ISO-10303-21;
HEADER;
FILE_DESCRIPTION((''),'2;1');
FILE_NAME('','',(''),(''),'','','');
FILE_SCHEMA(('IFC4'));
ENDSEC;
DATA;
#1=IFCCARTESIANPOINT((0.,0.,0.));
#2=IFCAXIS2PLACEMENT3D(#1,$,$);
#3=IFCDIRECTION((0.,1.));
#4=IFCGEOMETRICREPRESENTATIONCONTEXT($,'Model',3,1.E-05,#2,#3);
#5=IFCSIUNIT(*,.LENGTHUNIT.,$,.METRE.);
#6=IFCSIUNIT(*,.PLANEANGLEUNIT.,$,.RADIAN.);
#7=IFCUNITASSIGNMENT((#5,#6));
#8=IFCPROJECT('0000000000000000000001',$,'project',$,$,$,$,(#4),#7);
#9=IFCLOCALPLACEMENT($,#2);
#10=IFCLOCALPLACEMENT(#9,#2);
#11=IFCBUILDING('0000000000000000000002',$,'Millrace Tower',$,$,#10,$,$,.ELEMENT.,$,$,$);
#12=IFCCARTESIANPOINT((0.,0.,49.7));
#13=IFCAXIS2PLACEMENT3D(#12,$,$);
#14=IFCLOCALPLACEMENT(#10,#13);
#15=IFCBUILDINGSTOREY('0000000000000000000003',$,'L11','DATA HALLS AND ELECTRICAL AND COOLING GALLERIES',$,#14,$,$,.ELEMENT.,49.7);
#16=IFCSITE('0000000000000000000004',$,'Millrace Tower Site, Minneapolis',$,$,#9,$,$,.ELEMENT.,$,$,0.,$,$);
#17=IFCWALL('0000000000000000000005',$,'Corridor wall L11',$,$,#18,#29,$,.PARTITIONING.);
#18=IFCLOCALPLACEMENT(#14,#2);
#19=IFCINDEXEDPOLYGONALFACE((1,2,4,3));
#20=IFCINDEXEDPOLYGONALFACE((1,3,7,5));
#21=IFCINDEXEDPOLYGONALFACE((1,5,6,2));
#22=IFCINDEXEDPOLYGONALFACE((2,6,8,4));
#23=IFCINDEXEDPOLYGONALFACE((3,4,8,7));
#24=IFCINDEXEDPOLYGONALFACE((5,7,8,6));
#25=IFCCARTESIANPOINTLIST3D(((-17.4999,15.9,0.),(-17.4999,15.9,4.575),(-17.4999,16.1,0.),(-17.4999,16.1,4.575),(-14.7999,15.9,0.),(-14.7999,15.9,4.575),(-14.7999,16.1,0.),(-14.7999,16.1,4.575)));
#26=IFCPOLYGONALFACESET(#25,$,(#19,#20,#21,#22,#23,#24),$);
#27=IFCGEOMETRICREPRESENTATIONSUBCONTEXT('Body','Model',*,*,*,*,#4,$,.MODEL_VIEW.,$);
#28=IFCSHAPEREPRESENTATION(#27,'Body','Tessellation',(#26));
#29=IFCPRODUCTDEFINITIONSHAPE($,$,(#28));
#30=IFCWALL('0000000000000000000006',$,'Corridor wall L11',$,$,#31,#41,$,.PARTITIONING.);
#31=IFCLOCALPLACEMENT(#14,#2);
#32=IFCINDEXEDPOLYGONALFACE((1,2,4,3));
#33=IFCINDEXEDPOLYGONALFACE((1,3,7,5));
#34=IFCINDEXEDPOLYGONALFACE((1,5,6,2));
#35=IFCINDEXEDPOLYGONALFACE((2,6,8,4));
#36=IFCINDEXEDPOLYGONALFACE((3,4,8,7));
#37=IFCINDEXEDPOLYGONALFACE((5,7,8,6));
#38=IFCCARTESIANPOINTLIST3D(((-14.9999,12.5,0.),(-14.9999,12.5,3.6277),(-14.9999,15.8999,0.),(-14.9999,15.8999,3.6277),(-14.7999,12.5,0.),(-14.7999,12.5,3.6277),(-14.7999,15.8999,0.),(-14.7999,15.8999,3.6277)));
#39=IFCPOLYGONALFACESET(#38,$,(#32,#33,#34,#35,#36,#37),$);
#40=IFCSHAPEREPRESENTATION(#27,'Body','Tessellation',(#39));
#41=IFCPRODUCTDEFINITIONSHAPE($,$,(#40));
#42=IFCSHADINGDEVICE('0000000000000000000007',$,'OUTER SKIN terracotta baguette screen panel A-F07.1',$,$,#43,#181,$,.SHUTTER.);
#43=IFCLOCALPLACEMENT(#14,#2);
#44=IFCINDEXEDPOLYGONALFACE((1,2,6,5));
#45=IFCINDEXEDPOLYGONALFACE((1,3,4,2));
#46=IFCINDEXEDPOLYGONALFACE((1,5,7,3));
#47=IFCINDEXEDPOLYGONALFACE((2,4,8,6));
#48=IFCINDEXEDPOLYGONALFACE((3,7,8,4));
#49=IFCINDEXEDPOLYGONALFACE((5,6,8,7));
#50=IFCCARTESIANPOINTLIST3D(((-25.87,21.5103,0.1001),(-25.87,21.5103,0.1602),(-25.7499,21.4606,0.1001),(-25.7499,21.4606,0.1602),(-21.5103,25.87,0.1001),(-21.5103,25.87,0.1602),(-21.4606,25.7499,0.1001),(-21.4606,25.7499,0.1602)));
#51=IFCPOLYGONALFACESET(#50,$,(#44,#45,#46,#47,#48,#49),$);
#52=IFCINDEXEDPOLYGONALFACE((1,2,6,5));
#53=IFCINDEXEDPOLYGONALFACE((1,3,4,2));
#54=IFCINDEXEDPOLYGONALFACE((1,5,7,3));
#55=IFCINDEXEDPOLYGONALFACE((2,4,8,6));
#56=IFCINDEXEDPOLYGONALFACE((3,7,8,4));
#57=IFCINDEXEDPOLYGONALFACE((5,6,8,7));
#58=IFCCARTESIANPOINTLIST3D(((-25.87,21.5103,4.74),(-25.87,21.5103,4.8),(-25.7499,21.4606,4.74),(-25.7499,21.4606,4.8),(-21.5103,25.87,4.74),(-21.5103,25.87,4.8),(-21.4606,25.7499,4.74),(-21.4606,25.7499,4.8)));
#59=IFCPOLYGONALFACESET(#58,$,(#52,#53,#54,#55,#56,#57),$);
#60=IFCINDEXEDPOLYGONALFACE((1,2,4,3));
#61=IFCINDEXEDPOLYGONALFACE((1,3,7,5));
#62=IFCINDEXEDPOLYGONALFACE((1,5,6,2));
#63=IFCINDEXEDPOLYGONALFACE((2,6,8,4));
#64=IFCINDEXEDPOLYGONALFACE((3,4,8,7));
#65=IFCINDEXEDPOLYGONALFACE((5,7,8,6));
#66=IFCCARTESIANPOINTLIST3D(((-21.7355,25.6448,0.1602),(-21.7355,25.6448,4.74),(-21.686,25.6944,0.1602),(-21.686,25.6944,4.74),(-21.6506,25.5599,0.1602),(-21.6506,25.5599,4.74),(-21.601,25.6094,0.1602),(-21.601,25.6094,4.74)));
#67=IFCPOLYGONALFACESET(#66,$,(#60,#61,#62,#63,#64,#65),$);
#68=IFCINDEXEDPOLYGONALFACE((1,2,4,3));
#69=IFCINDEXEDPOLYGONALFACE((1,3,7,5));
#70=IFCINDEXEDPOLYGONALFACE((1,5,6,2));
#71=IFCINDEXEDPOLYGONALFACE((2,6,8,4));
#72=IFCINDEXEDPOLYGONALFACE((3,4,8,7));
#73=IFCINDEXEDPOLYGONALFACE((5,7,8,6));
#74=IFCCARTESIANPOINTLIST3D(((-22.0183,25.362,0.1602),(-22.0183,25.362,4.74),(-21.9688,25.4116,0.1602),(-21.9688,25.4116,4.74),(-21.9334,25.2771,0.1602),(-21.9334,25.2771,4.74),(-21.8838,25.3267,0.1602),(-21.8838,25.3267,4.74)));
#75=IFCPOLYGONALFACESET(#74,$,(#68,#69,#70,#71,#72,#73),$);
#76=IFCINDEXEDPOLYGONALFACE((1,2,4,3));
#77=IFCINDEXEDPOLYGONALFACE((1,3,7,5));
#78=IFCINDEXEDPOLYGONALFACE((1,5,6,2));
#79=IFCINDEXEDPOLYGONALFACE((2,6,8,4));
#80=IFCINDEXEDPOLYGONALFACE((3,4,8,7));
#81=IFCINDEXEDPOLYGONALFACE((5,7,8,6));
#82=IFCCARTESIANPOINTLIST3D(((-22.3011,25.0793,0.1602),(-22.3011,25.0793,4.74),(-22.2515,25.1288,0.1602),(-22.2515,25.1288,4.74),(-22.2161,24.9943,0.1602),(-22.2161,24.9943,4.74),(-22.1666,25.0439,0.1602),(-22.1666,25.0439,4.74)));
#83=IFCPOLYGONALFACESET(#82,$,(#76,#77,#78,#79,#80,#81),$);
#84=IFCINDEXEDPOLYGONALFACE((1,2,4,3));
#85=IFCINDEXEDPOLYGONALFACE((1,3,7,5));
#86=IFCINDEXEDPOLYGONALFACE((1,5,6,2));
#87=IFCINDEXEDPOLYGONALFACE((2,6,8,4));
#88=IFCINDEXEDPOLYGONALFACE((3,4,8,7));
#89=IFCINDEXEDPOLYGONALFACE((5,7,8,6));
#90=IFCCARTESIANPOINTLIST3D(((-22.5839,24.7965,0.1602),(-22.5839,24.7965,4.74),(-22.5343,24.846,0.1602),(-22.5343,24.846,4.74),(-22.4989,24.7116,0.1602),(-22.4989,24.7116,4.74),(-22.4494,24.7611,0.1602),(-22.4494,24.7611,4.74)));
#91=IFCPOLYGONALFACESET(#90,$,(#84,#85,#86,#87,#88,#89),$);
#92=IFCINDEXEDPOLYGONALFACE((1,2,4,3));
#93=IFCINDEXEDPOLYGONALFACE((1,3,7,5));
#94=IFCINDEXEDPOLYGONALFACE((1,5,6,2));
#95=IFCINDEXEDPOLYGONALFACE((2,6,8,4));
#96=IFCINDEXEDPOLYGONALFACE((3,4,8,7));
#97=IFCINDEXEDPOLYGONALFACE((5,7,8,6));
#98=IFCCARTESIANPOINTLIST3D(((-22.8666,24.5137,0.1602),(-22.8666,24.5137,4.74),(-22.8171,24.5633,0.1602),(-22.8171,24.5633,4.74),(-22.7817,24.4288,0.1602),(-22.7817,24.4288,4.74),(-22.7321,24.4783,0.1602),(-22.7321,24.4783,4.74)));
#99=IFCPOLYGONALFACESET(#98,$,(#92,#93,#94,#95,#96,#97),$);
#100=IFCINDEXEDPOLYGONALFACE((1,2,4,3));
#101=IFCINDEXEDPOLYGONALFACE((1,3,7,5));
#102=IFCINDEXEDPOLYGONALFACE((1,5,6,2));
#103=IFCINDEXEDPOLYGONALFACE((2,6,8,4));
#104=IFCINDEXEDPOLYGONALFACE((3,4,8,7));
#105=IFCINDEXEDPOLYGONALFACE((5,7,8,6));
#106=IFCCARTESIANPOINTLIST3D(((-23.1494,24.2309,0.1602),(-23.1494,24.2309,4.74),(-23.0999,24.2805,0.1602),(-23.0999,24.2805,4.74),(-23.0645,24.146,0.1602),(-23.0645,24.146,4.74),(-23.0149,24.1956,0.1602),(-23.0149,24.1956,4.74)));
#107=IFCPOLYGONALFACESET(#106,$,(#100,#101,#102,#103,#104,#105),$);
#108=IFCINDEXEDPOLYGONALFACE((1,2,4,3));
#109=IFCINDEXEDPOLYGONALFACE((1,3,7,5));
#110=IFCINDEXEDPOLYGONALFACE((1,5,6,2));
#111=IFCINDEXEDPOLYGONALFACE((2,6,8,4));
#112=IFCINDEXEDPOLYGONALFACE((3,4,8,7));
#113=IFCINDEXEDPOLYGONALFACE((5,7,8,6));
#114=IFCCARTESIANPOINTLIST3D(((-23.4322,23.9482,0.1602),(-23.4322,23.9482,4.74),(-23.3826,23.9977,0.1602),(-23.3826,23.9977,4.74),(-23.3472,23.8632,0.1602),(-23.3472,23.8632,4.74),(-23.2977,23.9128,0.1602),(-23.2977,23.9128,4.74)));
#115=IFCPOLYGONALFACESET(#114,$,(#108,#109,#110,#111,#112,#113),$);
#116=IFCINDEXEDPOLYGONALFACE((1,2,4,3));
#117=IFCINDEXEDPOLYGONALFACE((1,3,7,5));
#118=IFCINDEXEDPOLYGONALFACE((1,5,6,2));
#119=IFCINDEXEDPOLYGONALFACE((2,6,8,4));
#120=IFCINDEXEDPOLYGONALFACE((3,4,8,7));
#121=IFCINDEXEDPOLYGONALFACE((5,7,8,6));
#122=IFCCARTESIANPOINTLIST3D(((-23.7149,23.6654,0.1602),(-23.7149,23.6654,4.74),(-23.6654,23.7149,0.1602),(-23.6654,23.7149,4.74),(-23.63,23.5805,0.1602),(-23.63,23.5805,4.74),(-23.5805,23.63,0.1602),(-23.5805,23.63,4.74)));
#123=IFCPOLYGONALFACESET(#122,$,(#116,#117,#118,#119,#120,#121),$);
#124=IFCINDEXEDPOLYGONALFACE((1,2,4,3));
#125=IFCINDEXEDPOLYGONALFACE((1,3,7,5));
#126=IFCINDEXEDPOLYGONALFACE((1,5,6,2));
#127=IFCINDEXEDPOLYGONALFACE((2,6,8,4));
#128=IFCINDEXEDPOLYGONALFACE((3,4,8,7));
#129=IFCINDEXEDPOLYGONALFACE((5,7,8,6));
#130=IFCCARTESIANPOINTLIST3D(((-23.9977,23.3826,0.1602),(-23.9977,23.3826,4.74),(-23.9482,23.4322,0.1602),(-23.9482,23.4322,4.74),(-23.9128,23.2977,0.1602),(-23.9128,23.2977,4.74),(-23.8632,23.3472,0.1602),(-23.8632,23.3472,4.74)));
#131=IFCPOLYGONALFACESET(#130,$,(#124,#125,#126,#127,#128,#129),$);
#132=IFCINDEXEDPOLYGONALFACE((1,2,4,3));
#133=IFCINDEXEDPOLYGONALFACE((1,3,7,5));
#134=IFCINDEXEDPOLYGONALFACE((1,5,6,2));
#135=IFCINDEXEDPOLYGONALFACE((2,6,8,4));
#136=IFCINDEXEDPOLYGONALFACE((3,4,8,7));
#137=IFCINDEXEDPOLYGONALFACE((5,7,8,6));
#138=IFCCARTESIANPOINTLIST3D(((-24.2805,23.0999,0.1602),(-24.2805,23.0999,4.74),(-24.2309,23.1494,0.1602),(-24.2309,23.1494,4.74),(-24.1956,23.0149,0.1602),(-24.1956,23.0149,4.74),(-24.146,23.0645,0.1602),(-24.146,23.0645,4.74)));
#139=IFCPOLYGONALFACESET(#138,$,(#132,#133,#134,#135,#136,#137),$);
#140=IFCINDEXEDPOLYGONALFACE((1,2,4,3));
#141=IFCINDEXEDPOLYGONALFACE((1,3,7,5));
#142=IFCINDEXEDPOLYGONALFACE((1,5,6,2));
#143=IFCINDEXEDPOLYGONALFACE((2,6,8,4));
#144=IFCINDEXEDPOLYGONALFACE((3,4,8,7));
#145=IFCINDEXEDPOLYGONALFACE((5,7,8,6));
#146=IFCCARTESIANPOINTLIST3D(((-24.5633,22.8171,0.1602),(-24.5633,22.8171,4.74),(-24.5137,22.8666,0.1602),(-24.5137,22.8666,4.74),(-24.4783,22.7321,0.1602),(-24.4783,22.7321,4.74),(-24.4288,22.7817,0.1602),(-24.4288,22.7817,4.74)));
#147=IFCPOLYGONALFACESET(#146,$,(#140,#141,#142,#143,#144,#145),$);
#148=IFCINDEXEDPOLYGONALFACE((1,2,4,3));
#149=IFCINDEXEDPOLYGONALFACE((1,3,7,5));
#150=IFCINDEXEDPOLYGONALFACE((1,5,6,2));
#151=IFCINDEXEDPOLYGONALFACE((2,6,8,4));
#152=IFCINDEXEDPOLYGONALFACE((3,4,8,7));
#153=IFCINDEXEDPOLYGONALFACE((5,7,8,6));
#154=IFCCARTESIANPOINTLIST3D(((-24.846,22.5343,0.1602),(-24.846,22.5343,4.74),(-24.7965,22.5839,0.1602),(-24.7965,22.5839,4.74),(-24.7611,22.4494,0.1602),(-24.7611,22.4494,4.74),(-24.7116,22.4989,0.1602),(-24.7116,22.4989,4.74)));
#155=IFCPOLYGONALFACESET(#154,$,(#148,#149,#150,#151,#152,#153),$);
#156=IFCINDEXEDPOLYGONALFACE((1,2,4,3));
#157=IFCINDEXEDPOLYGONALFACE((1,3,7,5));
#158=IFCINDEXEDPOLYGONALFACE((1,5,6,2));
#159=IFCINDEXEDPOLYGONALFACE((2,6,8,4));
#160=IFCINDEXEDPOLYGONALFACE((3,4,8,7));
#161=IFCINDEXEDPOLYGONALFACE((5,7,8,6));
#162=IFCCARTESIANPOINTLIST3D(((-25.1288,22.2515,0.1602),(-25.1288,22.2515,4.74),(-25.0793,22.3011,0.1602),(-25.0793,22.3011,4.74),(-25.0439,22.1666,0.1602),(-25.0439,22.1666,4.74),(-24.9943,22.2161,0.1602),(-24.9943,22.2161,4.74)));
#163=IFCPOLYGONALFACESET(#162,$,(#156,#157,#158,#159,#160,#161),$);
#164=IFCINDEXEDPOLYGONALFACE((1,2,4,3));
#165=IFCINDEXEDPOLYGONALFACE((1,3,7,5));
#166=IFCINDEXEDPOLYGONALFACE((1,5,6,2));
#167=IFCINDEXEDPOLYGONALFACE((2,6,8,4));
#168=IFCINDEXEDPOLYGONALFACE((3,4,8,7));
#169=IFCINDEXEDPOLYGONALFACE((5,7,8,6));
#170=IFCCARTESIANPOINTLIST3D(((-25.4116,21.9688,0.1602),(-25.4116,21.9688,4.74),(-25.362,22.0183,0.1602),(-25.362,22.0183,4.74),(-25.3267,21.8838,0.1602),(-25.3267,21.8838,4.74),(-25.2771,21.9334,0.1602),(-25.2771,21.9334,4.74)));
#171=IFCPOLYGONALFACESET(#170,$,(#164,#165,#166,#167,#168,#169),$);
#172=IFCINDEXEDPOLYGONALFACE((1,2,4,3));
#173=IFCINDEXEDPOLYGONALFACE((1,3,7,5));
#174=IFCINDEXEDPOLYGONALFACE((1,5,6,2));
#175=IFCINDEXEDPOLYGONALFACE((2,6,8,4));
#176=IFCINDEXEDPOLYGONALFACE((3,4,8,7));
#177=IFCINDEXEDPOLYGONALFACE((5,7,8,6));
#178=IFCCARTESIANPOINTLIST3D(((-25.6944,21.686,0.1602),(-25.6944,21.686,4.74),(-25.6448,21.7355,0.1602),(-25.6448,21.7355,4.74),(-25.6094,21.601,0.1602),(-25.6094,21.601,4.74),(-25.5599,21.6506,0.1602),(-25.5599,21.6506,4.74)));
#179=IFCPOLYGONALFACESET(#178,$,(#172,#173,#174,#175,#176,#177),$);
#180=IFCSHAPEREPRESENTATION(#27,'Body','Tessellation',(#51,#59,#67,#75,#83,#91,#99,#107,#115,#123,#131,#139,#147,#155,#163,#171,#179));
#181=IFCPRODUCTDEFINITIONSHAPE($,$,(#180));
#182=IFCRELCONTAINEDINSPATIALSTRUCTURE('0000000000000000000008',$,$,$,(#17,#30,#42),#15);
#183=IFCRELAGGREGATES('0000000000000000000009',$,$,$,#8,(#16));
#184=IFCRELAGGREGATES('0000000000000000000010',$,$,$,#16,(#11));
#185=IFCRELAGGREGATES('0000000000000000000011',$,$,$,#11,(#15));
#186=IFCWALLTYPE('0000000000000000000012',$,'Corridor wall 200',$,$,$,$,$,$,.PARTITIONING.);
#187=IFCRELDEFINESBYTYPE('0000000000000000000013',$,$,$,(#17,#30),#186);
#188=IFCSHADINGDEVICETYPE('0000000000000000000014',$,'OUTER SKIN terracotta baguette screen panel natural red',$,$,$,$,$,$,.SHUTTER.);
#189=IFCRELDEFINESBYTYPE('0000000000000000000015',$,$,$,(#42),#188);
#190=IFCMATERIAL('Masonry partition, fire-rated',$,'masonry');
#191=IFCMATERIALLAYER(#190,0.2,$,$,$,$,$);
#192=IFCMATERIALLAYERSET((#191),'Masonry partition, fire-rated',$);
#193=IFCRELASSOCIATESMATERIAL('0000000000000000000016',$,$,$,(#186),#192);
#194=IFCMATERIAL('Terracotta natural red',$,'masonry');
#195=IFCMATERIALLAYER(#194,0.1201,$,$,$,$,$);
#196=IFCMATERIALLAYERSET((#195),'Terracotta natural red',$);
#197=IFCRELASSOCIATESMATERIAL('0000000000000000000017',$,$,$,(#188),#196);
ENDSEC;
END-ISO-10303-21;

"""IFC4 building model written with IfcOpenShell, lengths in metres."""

from ifc_helpers import new_model, entity, si_unit, direction, frame, frame_2d, origin, origin_2d, place, context, subcontext, project, spatial, rectangle, extrude, source, transform, mapped, material, layer, layer_set, type_object, element, save


model = new_model("IFC4")

# Units and contexts
model_context = context("Model", 3, precision=1e-05, world=origin(), true_north=direction((0.0, 1.0)))
body_context = subcontext(model_context, "Body", "Model", "MODEL_VIEW")
ifc_project = project(units=[si_unit("LENGTHUNIT", "METRE"), si_unit("PLANEANGLEUNIT", "RADIAN")], contexts=[model_context])

# Site, building, storey
site_placement = place(None, origin())
site = spatial("IfcSite", under=ifc_project, at=site_placement, Name="Millrace Tower Site, Minneapolis", CompositionType="ELEMENT", RefElevation=0.0)
building_placement = place(site_placement, origin())
building = spatial("IfcBuilding", under=site, at=building_placement, Name="Millrace Tower", CompositionType="ELEMENT")
storey_placement = place(building_placement, frame((0.0, 0.0, 49.7)))
storey = spatial("IfcBuildingStorey", under=building, at=storey_placement, Name="L11", Description="DATA HALLS AND ELECTRICAL AND COOLING GALLERIES", CompositionType="ELEMENT", Elevation=49.7)

# Walls
ifc_material_1 = material(Name="Masonry partition, fire-rated", Category="masonry")
ifc_layer_1 = layer(ifc_material_1, 0.2)
ifc_layer_set_1 = layer_set([ifc_layer_1], Name="Masonry partition, fire-rated")
wall_type = type_object("IfcWallType", Name="Corridor wall 200", PredefinedType="PARTITIONING", material=ifc_layer_set_1)
wall_1_placement = place(storey_placement, frame((-17.5, 16.0, 0.0), z_axis=(0.0, 0.0, 1.0), x_axis=(1.0, 0.0, 0.0)))
element("IfcWall", 1, at=wall_1_placement, inside=storey, type_object=wall_type, Name="Corridor wall L11", PredefinedType="PARTITIONING", context=body_context, shape_type="SweptSolid", body=[
    extrude(rectangle(XDim=2.7, YDim=0.2, at=frame_2d((1.3501, 0.0))), origin(), (0.0, 0.0, 1.0), 4.575),
])
wall_2_placement = place(storey_placement, frame((-14.8999, 12.5, 0.0), z_axis=(0.0, 0.0, 1.0), x_axis=(0.0, 1.0, 0.0)))
element("IfcWall", 2, at=wall_2_placement, inside=storey, type_object=wall_type, Name="Corridor wall L11", PredefinedType="PARTITIONING", context=body_context, shape_type="SweptSolid", body=[
    extrude(rectangle(XDim=3.3999, YDim=0.2, at=frame_2d((1.7, 0.0))), origin(), (0.0, 0.0, 1.0), 3.6277),
])

# Shading device
ifc_material_2 = material(Name="Terracotta natural red", Category="masonry")
ifc_layer_2 = layer(ifc_material_2, 0.1201)
ifc_layer_set_2 = layer_set([ifc_layer_2], Name="Terracotta natural red")
shading_device_type_1 = type_object("IfcShadingDeviceType", Name="OUTER SKIN terracotta baguette screen panel natural red", PredefinedType="SHUTTER", material=ifc_layer_set_2)
cartesian_point_1 = entity("IfcCartesianPoint", [-3.033, 0.0601])
shared_polyline_1 = entity("IfcPolyline", [cartesian_point_1, entity("IfcCartesianPoint", [3.033, 0.0601]), entity("IfcCartesianPoint", [3.0828, -0.0601]), entity("IfcCartesianPoint", [-3.0828, -0.0601]), cartesian_point_1])
shared_shape_1 = source(origin(), body_context, "Body", "SweptSolid", [
    entity("IfcExtrudedAreaSolid", entity("IfcArbitraryClosedProfileDef", "AREA", None, shared_polyline_1), entity("IfcAxis2Placement3D", entity("IfcCartesianPoint", [0.0, 0.0, 0.0])), entity("IfcDirection", [0.0, 0.0, 1.0]), 0.0601),
    entity("IfcExtrudedAreaSolid", entity("IfcArbitraryClosedProfileDef", "AREA", None, shared_polyline_1), entity("IfcAxis2Placement3D", entity("IfcCartesianPoint", [0.0, 0.0, 4.6399])), entity("IfcDirection", [0.0, 0.0, 1.0]), 0.0601),
    extrude(rectangle(XDim=0.0701, YDim=0.1201, at=frame_2d((-2.7993, 0.0))), frame((0.0, 0.0, 0.0601)), (0.0, 0.0, 1.0), 4.5798),
    extrude(rectangle(XDim=0.0701, YDim=0.1201, at=frame_2d((-2.3994, 0.0))), frame((0.0, 0.0, 0.0601)), (0.0, 0.0, 1.0), 4.5798),
    extrude(rectangle(XDim=0.0701, YDim=0.1201, at=frame_2d((-1.9995, 0.0))), frame((0.0, 0.0, 0.0601)), (0.0, 0.0, 1.0), 4.5798),
    extrude(rectangle(XDim=0.0701, YDim=0.1201, at=frame_2d((-1.5996, 0.0))), frame((0.0, 0.0, 0.0601)), (0.0, 0.0, 1.0), 4.5798),
    extrude(rectangle(XDim=0.0701, YDim=0.1201, at=frame_2d((-1.1997, 0.0))), frame((0.0, 0.0, 0.0601)), (0.0, 0.0, 1.0), 4.5798),
    extrude(rectangle(XDim=0.0701, YDim=0.1201, at=frame_2d((-0.7998, 0.0))), frame((0.0, 0.0, 0.0601)), (0.0, 0.0, 1.0), 4.5798),
    extrude(rectangle(XDim=0.0701, YDim=0.1201, at=frame_2d((-0.3999, 0.0))), frame((0.0, 0.0, 0.0601)), (0.0, 0.0, 1.0), 4.5798),
    extrude(rectangle(XDim=0.0701, YDim=0.1201, at=origin_2d()), frame((0.0, 0.0, 0.0601)), (0.0, 0.0, 1.0), 4.5798),
    extrude(rectangle(XDim=0.0701, YDim=0.1201, at=frame_2d((0.3999, 0.0))), frame((0.0, 0.0, 0.0601)), (0.0, 0.0, 1.0), 4.5798),
    extrude(rectangle(XDim=0.0701, YDim=0.1201, at=frame_2d((0.7998, 0.0))), frame((0.0, 0.0, 0.0601)), (0.0, 0.0, 1.0), 4.5798),
    extrude(rectangle(XDim=0.0701, YDim=0.1201, at=frame_2d((1.1997, 0.0))), frame((0.0, 0.0, 0.0601)), (0.0, 0.0, 1.0), 4.5798),
    extrude(rectangle(XDim=0.0701, YDim=0.1201, at=frame_2d((1.5996, 0.0))), frame((0.0, 0.0, 0.0601)), (0.0, 0.0, 1.0), 4.5798),
    extrude(rectangle(XDim=0.0701, YDim=0.1201, at=frame_2d((1.9995, 0.0))), frame((0.0, 0.0, 0.0601)), (0.0, 0.0, 1.0), 4.5798),
    extrude(rectangle(XDim=0.0701, YDim=0.1201, at=frame_2d((2.3994, 0.0))), frame((0.0, 0.0, 0.0601)), (0.0, 0.0, 1.0), 4.5798),
    extrude(rectangle(XDim=0.0701, YDim=0.1201, at=frame_2d((2.7993, 0.0))), frame((0.0, 0.0, 0.0601)), (0.0, 0.0, 1.0), 4.5798),
])
shading_device_1_placement = place(storey_placement, frame((-23.6477, 23.6477, 0.1001), z_axis=(0.0, 0.0, 1.0), x_axis=(-0.707107, -0.707107, 0.0)))
element("IfcShadingDevice", 3, at=shading_device_1_placement, inside=storey, type_object=shading_device_type_1, Name="OUTER SKIN terracotta baguette screen panel A-F07.1", PredefinedType="SHUTTER", context=body_context, shape_type="MappedRepresentation", body=[
    mapped(shared_shape_1, transform((0.0, 0.0, 0.0), scale=1.0)),
])

save(model, "model.ifc")
